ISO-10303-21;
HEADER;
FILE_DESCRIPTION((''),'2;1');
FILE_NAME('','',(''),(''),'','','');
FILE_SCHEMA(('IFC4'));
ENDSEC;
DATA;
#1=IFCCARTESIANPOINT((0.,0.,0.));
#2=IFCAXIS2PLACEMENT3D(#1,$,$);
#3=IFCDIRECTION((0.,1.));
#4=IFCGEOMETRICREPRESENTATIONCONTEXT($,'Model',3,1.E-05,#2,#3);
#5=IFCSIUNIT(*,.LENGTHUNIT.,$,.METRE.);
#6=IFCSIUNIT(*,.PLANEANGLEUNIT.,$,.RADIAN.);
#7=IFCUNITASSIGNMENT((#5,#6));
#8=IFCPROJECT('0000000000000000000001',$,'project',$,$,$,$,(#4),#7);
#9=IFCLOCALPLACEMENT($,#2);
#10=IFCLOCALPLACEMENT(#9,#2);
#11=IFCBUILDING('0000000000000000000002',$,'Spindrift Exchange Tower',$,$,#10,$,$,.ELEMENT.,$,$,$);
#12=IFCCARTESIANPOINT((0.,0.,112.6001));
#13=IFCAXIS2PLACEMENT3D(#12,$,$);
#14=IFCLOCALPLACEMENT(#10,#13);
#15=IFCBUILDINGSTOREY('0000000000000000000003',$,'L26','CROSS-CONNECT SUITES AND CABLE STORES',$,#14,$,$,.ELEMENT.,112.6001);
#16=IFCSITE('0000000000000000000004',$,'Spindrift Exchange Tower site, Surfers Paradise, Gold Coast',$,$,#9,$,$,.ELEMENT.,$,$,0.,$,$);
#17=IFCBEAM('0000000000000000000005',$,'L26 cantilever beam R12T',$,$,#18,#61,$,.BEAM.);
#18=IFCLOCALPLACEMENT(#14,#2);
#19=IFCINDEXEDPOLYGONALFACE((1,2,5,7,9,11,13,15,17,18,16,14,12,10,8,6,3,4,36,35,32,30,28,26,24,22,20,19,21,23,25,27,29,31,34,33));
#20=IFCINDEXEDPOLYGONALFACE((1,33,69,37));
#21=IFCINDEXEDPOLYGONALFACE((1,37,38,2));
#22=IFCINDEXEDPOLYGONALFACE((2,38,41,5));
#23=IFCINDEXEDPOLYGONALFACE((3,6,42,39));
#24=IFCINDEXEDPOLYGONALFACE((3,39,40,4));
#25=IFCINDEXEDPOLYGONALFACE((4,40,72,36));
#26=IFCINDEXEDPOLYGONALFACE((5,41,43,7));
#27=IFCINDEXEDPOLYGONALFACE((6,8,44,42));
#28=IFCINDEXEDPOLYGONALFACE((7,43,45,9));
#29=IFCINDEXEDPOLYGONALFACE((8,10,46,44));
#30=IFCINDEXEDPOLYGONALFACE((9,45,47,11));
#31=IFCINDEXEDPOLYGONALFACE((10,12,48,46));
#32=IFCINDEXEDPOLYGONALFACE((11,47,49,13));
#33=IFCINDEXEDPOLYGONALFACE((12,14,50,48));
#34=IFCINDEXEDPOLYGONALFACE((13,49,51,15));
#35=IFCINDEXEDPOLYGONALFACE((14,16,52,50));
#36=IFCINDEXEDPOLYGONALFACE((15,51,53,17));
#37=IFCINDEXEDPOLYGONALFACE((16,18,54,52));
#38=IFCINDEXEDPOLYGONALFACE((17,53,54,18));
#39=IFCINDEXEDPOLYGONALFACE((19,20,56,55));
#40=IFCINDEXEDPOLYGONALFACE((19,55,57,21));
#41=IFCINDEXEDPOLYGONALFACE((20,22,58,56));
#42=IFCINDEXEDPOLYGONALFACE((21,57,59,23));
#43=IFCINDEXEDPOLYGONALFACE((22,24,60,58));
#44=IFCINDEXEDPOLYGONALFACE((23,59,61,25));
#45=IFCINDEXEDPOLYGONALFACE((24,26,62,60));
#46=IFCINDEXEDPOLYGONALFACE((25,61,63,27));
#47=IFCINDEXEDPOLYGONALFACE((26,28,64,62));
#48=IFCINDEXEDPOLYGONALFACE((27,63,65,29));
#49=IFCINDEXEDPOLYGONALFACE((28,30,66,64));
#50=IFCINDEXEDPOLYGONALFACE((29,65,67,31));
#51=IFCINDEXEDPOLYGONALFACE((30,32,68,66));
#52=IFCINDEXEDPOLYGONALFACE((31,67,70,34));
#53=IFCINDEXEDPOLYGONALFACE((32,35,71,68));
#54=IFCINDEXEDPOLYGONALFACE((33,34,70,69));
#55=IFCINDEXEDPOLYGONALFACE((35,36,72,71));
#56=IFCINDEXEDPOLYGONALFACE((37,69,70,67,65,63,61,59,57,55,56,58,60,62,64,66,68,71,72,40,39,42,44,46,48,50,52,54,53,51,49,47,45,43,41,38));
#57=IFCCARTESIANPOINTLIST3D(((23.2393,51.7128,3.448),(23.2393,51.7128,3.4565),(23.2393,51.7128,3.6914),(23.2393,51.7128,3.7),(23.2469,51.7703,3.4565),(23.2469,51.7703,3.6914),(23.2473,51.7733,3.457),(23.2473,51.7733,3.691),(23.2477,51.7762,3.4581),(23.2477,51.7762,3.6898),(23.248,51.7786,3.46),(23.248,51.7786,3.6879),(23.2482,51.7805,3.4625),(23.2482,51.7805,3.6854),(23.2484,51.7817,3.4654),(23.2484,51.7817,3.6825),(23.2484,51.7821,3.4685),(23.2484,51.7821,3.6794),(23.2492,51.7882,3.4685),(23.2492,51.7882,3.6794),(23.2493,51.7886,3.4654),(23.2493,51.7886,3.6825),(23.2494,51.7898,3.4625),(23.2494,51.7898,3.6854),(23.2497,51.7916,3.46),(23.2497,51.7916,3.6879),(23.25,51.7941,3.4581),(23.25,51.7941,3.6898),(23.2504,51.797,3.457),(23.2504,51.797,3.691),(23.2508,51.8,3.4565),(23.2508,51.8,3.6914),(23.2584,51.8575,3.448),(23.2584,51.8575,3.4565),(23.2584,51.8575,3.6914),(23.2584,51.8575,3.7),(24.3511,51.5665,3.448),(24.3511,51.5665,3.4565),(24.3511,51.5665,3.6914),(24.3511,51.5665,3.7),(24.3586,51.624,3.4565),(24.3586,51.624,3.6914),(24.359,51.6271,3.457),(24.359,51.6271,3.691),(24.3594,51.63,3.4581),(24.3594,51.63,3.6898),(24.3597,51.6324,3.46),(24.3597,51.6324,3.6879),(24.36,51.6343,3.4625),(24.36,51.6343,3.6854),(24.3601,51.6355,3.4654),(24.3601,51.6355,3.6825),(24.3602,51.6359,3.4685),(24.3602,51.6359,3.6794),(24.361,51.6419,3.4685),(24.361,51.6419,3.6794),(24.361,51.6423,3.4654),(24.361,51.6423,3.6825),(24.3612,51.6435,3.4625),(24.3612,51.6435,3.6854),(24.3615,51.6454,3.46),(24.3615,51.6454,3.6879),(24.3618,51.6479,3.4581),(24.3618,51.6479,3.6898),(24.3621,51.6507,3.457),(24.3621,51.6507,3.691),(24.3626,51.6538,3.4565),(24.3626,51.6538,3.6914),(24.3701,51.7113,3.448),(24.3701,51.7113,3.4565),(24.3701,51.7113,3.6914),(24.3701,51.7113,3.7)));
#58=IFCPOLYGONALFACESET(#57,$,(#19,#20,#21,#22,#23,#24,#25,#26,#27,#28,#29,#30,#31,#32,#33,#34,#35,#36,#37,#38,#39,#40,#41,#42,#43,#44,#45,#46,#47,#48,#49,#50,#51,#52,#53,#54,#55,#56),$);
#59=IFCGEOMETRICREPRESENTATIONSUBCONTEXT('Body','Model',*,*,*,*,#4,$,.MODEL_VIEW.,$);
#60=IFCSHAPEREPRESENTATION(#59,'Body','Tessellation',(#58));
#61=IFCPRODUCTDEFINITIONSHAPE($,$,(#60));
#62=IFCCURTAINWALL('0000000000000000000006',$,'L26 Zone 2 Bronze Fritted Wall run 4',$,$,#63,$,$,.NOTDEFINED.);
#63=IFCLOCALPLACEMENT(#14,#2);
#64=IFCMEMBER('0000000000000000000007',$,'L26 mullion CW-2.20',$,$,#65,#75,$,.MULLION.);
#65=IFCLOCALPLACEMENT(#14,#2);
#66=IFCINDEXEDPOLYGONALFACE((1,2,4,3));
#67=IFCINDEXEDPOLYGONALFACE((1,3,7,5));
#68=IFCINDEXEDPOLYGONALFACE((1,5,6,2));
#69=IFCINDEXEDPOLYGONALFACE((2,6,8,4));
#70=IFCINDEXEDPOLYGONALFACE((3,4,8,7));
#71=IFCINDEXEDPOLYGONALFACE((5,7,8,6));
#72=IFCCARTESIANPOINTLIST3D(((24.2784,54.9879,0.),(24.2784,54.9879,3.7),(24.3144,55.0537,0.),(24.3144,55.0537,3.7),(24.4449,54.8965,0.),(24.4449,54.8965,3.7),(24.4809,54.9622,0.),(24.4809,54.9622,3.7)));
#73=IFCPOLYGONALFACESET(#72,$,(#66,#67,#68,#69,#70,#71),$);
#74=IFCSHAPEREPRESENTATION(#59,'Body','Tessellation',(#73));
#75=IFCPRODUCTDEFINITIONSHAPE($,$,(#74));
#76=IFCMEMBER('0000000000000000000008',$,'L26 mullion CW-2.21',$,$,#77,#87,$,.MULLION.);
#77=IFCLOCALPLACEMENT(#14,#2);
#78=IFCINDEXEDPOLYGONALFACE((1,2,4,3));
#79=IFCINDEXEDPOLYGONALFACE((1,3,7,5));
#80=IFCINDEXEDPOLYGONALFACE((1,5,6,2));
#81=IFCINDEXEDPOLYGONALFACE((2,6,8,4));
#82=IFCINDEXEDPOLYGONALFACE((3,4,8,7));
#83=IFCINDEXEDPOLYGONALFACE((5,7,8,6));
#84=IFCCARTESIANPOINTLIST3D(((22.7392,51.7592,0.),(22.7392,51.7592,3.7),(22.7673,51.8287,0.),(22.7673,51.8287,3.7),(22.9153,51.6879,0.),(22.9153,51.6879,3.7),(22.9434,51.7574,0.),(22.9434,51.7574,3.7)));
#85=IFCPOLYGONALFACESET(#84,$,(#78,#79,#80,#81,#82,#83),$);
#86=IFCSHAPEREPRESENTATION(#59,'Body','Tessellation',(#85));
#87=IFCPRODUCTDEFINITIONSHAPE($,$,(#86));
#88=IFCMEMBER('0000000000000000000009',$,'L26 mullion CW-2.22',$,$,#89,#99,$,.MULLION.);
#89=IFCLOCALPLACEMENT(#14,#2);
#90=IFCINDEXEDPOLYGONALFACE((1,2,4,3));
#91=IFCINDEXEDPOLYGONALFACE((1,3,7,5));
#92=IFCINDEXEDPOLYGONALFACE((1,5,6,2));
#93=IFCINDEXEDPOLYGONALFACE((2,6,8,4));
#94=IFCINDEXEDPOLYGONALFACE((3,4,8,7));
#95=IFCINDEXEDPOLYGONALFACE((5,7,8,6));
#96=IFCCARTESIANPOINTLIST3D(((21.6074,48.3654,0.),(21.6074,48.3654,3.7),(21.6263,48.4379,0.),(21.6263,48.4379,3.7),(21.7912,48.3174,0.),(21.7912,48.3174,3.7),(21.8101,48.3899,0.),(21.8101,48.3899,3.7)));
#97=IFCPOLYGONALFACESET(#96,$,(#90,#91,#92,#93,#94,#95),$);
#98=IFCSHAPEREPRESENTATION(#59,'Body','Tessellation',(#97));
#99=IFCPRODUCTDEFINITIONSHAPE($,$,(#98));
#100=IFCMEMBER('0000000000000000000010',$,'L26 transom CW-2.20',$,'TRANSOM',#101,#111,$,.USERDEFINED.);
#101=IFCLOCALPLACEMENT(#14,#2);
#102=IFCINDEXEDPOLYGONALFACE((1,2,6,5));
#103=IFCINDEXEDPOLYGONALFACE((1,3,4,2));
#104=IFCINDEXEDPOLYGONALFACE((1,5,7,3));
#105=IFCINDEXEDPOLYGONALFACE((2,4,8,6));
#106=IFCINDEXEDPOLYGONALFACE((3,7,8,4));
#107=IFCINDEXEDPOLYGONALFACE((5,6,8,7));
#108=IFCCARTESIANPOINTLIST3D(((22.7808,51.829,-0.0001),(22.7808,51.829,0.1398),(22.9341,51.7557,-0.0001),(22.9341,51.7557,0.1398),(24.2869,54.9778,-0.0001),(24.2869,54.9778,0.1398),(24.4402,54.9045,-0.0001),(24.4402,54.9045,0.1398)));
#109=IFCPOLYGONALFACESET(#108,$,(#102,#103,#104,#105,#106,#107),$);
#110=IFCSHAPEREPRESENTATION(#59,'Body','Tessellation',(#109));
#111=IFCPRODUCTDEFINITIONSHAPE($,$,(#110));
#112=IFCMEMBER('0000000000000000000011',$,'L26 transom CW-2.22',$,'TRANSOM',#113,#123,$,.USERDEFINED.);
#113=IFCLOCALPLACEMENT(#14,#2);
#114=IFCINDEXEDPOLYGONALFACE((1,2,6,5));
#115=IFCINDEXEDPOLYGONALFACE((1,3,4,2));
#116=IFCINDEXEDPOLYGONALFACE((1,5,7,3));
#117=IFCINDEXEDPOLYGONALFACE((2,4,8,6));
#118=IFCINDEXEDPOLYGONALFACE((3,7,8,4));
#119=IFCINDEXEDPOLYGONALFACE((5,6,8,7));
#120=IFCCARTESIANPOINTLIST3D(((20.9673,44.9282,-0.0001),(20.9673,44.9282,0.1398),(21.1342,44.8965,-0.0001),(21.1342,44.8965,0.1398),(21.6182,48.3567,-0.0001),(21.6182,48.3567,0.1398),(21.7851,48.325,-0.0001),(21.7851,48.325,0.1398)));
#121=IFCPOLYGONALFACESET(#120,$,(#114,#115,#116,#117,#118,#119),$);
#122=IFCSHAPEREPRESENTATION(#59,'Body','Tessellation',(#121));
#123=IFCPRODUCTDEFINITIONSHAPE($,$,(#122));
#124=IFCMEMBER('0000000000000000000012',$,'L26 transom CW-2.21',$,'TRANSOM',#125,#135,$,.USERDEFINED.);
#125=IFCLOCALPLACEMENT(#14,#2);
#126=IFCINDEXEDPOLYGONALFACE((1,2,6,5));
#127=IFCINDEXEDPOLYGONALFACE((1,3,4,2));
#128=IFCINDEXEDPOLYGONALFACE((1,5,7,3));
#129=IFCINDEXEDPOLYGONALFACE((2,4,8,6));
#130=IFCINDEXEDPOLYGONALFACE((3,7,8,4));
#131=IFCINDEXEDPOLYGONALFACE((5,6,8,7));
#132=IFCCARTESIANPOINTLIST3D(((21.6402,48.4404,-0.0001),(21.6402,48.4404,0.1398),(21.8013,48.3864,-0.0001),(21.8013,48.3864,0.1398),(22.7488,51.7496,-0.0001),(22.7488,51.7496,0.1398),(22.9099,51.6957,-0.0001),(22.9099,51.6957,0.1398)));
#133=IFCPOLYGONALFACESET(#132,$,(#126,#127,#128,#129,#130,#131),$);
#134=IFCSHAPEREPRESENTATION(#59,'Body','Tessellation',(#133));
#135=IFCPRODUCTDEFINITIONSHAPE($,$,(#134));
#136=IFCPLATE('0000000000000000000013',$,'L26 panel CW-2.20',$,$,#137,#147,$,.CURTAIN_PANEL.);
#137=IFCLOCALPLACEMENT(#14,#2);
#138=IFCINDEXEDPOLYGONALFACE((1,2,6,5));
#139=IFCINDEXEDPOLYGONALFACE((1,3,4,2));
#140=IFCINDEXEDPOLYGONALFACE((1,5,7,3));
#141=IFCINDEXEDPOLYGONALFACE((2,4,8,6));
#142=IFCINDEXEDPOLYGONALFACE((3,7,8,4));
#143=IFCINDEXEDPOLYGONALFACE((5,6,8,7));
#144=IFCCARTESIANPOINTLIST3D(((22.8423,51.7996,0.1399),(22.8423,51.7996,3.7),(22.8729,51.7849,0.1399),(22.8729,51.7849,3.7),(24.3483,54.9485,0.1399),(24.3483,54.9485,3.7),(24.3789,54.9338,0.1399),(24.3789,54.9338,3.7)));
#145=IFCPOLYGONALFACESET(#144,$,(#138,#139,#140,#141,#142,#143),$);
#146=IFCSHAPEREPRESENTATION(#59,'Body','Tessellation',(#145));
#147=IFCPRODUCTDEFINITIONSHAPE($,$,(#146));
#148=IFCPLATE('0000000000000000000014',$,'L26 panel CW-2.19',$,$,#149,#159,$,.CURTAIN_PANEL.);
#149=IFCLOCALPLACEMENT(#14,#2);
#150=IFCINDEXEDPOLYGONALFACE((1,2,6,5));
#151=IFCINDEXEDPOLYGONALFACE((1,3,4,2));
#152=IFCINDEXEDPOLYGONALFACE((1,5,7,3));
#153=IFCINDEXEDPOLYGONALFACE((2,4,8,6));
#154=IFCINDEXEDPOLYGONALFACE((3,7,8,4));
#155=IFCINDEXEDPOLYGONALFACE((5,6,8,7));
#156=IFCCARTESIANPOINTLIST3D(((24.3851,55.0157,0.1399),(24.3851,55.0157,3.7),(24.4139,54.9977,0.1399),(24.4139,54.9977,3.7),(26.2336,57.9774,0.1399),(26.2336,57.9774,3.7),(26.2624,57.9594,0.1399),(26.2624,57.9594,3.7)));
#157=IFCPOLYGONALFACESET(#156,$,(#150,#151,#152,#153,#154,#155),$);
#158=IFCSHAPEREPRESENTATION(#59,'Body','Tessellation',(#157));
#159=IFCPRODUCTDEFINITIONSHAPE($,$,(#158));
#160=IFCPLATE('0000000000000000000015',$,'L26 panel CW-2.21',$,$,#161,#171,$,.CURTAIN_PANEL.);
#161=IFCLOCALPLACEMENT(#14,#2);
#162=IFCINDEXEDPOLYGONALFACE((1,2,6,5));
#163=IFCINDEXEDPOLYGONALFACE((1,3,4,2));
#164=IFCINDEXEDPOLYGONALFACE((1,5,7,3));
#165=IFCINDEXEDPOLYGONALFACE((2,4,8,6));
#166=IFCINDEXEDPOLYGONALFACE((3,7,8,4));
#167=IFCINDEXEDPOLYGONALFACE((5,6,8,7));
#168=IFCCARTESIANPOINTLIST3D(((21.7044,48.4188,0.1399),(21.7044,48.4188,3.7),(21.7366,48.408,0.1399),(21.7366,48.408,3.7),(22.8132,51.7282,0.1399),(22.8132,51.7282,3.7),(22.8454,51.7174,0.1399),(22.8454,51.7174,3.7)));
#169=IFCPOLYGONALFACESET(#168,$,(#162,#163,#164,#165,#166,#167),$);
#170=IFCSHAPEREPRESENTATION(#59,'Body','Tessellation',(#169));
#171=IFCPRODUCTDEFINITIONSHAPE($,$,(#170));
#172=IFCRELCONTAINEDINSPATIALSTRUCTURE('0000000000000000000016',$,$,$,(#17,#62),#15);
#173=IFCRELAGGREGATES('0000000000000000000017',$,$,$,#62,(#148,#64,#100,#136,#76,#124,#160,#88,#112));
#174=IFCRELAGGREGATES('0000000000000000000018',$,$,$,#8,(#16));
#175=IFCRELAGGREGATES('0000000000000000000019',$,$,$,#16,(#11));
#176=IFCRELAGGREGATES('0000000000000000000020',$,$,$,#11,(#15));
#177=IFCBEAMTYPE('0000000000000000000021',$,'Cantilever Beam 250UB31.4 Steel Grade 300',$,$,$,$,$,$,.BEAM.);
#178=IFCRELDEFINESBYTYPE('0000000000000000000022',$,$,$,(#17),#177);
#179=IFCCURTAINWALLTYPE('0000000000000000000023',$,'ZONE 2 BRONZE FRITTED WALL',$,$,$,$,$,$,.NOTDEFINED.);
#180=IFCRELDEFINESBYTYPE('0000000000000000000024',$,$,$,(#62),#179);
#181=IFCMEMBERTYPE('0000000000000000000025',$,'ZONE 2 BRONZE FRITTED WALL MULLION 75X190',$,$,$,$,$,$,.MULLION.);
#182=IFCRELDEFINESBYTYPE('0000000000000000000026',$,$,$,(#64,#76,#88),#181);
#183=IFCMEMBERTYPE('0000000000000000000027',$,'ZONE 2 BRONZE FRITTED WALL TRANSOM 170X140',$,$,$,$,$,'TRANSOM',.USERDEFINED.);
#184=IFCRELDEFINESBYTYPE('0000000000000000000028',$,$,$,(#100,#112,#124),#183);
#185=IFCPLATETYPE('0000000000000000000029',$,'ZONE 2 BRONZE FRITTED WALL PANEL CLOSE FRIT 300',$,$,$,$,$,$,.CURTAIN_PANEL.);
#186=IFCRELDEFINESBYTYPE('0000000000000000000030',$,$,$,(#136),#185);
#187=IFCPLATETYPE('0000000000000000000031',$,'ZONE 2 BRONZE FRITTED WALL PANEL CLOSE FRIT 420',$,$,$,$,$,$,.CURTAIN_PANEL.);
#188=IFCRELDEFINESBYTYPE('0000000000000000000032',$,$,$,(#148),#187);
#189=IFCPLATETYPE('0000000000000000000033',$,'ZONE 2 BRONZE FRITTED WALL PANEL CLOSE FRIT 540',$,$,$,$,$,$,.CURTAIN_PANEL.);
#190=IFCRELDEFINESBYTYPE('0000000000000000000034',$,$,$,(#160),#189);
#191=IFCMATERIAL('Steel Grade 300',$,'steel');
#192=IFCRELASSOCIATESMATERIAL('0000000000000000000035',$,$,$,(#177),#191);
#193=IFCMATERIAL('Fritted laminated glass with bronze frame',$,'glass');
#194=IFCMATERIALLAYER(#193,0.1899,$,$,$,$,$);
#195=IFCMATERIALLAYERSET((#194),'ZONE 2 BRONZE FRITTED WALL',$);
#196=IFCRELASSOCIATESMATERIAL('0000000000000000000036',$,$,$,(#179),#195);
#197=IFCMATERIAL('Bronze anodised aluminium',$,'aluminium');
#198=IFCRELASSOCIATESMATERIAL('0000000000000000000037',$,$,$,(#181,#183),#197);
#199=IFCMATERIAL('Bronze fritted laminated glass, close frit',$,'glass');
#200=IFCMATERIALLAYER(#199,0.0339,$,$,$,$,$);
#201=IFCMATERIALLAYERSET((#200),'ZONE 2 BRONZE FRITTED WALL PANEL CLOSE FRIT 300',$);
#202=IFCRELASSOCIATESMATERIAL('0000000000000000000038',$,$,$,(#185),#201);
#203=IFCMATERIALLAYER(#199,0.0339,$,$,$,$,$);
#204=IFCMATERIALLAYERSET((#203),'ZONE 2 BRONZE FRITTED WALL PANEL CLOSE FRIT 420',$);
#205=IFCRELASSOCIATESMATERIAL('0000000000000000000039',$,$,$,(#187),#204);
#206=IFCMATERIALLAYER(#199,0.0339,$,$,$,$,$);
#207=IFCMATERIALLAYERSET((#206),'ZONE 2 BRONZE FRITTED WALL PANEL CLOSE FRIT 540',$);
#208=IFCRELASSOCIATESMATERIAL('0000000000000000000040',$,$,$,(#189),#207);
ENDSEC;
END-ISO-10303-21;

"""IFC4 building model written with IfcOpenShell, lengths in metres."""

from ifc_helpers import new_model, si_unit, direction, frame, origin, origin_2d, place, context, subcontext, project, spatial, rectangle, i_section, extrude, source, transform, mapped, material, layer, layer_set, material_profile, profile_set, type_object, element, aggregate, save


model = new_model("IFC4")

# Units and contexts
model_context = context("Model", 3, precision=1e-05, world=origin(), true_north=direction((0.0, 1.0)))
body_context = subcontext(model_context, "Body", "Model", "MODEL_VIEW")
ifc_project = project(units=[si_unit("LENGTHUNIT", "METRE"), si_unit("PLANEANGLEUNIT", "RADIAN")], contexts=[model_context])

# Site, building, storey
site_placement = place(None, origin())
site = spatial("IfcSite", under=ifc_project, at=site_placement, Name="Spindrift Exchange Tower site, Surfers Paradise, Gold Coast", CompositionType="ELEMENT", RefElevation=0.0)
building_placement = place(site_placement, origin())
building = spatial("IfcBuilding", under=site, at=building_placement, Name="Spindrift Exchange Tower", CompositionType="ELEMENT")
storey_placement = place(building_placement, frame((0.0, 0.0, 112.6001)))
storey = spatial("IfcBuildingStorey", under=building, at=storey_placement, Name="L26", Description="CROSS-CONNECT SUITES AND CABLE STORES", CompositionType="ELEMENT", Elevation=112.6001)

# Beam
ifc_material_1 = material(Name="Steel Grade 300", Category="steel")
ifc_material_profile_1 = material_profile(ifc_material_1, i_section(OverallWidth=0.146, OverallDepth=0.252, WebThickness=0.0061, FlangeThickness=0.0085, FilletRadius=0.012, at=origin_2d()), Name="250UB31.4")
ifc_profile_set_1 = profile_set([ifc_material_profile_1], Name="Steel Grade 300")
beam_type_1 = type_object("IfcBeamType", Name="Cantilever Beam 250UB31.4 Steel Grade 300", PredefinedType="BEAM", material=ifc_profile_set_1)
shared_shape_1 = source(origin(), body_context, "Body", "SweptSolid", [
    extrude(i_section(OverallWidth=0.146, OverallDepth=0.252, WebThickness=0.0061, FlangeThickness=0.0085, FilletRadius=0.012, at=origin_2d()), origin(), (0.0, 0.0, 1.0), 1.1213),
])
beam_1_placement = place(storey_placement, frame((24.3606, 51.6389, 3.574), z_axis=(-0.99146, 0.130409, 0.0), x_axis=(-0.130409, -0.99146, 0.0)))
element("IfcBeam", 1, at=beam_1_placement, inside=storey, type_object=beam_type_1, Name="L26 cantilever beam R12T", PredefinedType="BEAM", context=body_context, shape_type="MappedRepresentation", body=[
    mapped(shared_shape_1, transform((0.0, 0.0, 0.0), scale=1.0)),
])

# Curtain wall, members, plates
ifc_material_2 = material(Name="Fritted laminated glass with bronze frame", Category="glass")
ifc_layer_1 = layer(ifc_material_2, 0.1899)
ifc_layer_set_1 = layer_set([ifc_layer_1], Name="ZONE 2 BRONZE FRITTED WALL")
curtain_wall_type = type_object("IfcCurtainWallType", Name="ZONE 2 BRONZE FRITTED WALL", PredefinedType="NOTDEFINED", material=ifc_layer_set_1)
curtain_wall_placement = place(storey_placement, origin())
curtain_wall = element("IfcCurtainWall", 2, at=curtain_wall_placement, inside=storey, type_object=curtain_wall_type, Name="L26 Zone 2 Bronze Fritted Wall run 4", PredefinedType="NOTDEFINED")
ifc_material_3 = material(Name="Bronze anodised aluminium", Category="aluminium")
ifc_material_profile_2 = material_profile(ifc_material_3, rectangle(XDim=0.075, YDim=0.1899, at=origin_2d()), Name="ZONE 2 BRONZE FRITTED WALL MULLION 75X190")
ifc_profile_set_2 = profile_set([ifc_material_profile_2], Name="Bronze anodised aluminium")
member_type_1 = type_object("IfcMemberType", Name="ZONE 2 BRONZE FRITTED WALL MULLION 75X190", PredefinedType="MULLION", material=ifc_profile_set_2)
shared_shape_2 = source(origin(), body_context, "Body", "SweptSolid", [
    extrude(rectangle(XDim=0.075, YDim=0.1899, at=origin_2d()), origin(), (0.0, 0.0, 1.0), 3.7),
])
member_1_placement = place(storey_placement, frame((24.3796, 54.9751, 0.0), z_axis=(0.0, 0.0, 1.0), x_axis=(-0.481221, -0.8766, 0.0)))
member_1 = element("IfcMember", 3, at=member_1_placement, type_object=member_type_1, Name="L26 mullion CW-2.20", PredefinedType="MULLION", context=body_context, shape_type="MappedRepresentation", body=[
    mapped(shared_shape_2, transform((0.0, 0.0, 0.0), scale=1.0)),
])
member_2_placement = place(storey_placement, frame((22.8413, 51.7583, 0.0), z_axis=(0.0, 0.0, 1.0), x_axis=(-0.37527, -0.926916, 0.0)))
member_2 = element("IfcMember", 4, at=member_2_placement, type_object=member_type_1, Name="L26 mullion CW-2.21", PredefinedType="MULLION", context=body_context, shape_type="MappedRepresentation", body=[
    mapped(shared_shape_2, transform((0.0, 0.0, 0.0), scale=1.0)),
])
member_3_placement = place(storey_placement, frame((21.7087, 48.3777, 0.0), z_axis=(0.0, 0.0, 1.0), x_axis=(-0.252692, -0.967547, 0.0)))
member_3 = element("IfcMember", 5, at=member_3_placement, type_object=member_type_1, Name="L26 mullion CW-2.22", PredefinedType="MULLION", context=body_context, shape_type="MappedRepresentation", body=[
    mapped(shared_shape_2, transform((0.0, 0.0, 0.0), scale=1.0)),
])
ifc_material_profile_3 = material_profile(ifc_material_3, rectangle(XDim=0.1699, YDim=0.1399, at=origin_2d()), Name="ZONE 2 BRONZE FRITTED WALL TRANSOM 170X140")
ifc_profile_set_3 = profile_set([ifc_material_profile_3], Name="Bronze anodised aluminium")
member_type_2 = type_object("IfcMemberType", Name="ZONE 2 BRONZE FRITTED WALL TRANSOM 170X140", ElementType="TRANSOM", PredefinedType="USERDEFINED", material=ifc_profile_set_3)
shared_shape_3 = source(origin(), body_context, "Body", "SweptSolid", [
    extrude(rectangle(XDim=0.1699, YDim=0.1399, at=origin_2d()), origin(), (0.0, 0.0, 1.0), 3.4905),
])
member_4_placement = place(storey_placement, frame((24.3635, 54.9412, 0.0698), z_axis=(-0.431478, -0.902124, 0.0), x_axis=(0.902124, -0.431478, 0.0)))
member_4 = element("IfcMember", 6, at=member_4_placement, type_object=member_type_2, Name="L26 transom CW-2.20", ObjectType="TRANSOM", PredefinedType="USERDEFINED", context=body_context, shape_type="MappedRepresentation", body=[
    mapped(shared_shape_3, transform((0.0, 0.0, 0.0), scale=1.0)),
])
shared_shape_4 = source(origin(), body_context, "Body", "SweptSolid", [
    extrude(rectangle(XDim=0.1699, YDim=0.1399, at=origin_2d()), origin(), (0.0, 0.0, 1.0), 3.4897),
])
member_5_placement = place(storey_placement, frame((21.7017, 48.3408, 0.0698), z_axis=(-0.186514, -0.982452, 0.0), x_axis=(0.982452, -0.186514, 0.0)))
member_5 = element("IfcMember", 7, at=member_5_placement, type_object=member_type_2, Name="L26 transom CW-2.22", ObjectType="TRANSOM", PredefinedType="USERDEFINED", context=body_context, shape_type="MappedRepresentation", body=[
    mapped(shared_shape_4, transform((0.0, 0.0, 0.0), scale=1.0)),
])
shared_shape_5 = source(origin(), body_context, "Body", "SweptSolid", [
    extrude(rectangle(XDim=0.1699, YDim=0.1399, at=origin_2d()), origin(), (0.0, 0.0, 1.0), 3.49),
])
member_6_placement = place(storey_placement, frame((22.8293, 51.7227, 0.0698), z_axis=(-0.317654, -0.948207, 0.0), x_axis=(0.948207, -0.317654, 0.0)))
member_6 = element("IfcMember", 8, at=member_6_placement, type_object=member_type_2, Name="L26 transom CW-2.21", ObjectType="TRANSOM", PredefinedType="USERDEFINED", context=body_context, shape_type="MappedRepresentation", body=[
    mapped(shared_shape_5, transform((0.0, 0.0, 0.0), scale=1.0)),
])
ifc_material_4 = material(Name="Bronze fritted laminated glass, close frit", Category="glass")
ifc_layer_2 = layer(ifc_material_4, 0.0339)
ifc_layer_set_2 = layer_set([ifc_layer_2], Name="ZONE 2 BRONZE FRITTED WALL PANEL CLOSE FRIT 300")
plate_type_1 = type_object("IfcPlateType", Name="ZONE 2 BRONZE FRITTED WALL PANEL CLOSE FRIT 300", PredefinedType="CURTAIN_PANEL", material=ifc_layer_set_2)
shared_shape_6 = source(origin(), body_context, "Body", "SweptSolid", [
    extrude(rectangle(XDim=3.4905, YDim=0.0339, at=origin_2d()), origin(), (0.0, 0.0, 1.0), 3.5601),
])
plate_1_placement = place(storey_placement, frame((23.6106, 53.3667, 0.1399), z_axis=(0.0, 0.0, 1.0), x_axis=(-0.431451, -0.902136, 0.0)))
plate_1 = element("IfcPlate", 9, at=plate_1_placement, type_object=plate_type_1, Name="L26 panel CW-2.20", PredefinedType="CURTAIN_PANEL", context=body_context, shape_type="MappedRepresentation", body=[
    mapped(shared_shape_6, transform((0.0, 0.0, 0.0), scale=1.0)),
])
ifc_layer_3 = layer(ifc_material_4, 0.0339)
ifc_layer_set_3 = layer_set([ifc_layer_3], Name="ZONE 2 BRONZE FRITTED WALL PANEL CLOSE FRIT 420")
plate_type_2 = type_object("IfcPlateType", Name="ZONE 2 BRONZE FRITTED WALL PANEL CLOSE FRIT 420", PredefinedType="CURTAIN_PANEL", material=ifc_layer_set_3)
shared_shape_7 = source(origin(), body_context, "Body", "SweptSolid", [
    extrude(rectangle(XDim=3.4912, YDim=0.0339, at=origin_2d()), origin(), (0.0, 0.0, 1.0), 3.5601),
])
plate_2_placement = place(storey_placement, frame((25.3237, 56.4875, 0.1399), z_axis=(0.0, 0.0, 1.0), x_axis=(-0.529484, -0.84832, 0.0)))
plate_2 = element("IfcPlate", 10, at=plate_2_placement, type_object=plate_type_2, Name="L26 panel CW-2.19", PredefinedType="CURTAIN_PANEL", context=body_context, shape_type="MappedRepresentation", body=[
    mapped(shared_shape_7, transform((0.0, 0.0, 0.0), scale=1.0)),
])
ifc_layer_4 = layer(ifc_material_4, 0.0339)
ifc_layer_set_4 = layer_set([ifc_layer_4], Name="ZONE 2 BRONZE FRITTED WALL PANEL CLOSE FRIT 540")
plate_type_3 = type_object("IfcPlateType", Name="ZONE 2 BRONZE FRITTED WALL PANEL CLOSE FRIT 540", PredefinedType="CURTAIN_PANEL", material=ifc_layer_set_4)
shared_shape_8 = source(origin(), body_context, "Body", "SweptSolid", [
    extrude(rectangle(XDim=3.4902, YDim=0.0339, at=origin_2d()), origin(), (0.0, 0.0, 1.0), 3.5601),
])
plate_3_placement = place(storey_placement, frame((22.2749, 50.0681, 0.1399), z_axis=(0.0, 0.0, 1.0), x_axis=(-0.317675, -0.9482, 0.0)))
plate_3 = element("IfcPlate", 11, at=plate_3_placement, type_object=plate_type_3, Name="L26 panel CW-2.21", PredefinedType="CURTAIN_PANEL", context=body_context, shape_type="MappedRepresentation", body=[
    mapped(shared_shape_8, transform((0.0, 0.0, 0.0), scale=1.0)),
])
aggregate(curtain_wall, [plate_2, member_1, member_4, plate_1, member_2, member_6, plate_3, member_3, member_5])

save(model, "model.ifc")
